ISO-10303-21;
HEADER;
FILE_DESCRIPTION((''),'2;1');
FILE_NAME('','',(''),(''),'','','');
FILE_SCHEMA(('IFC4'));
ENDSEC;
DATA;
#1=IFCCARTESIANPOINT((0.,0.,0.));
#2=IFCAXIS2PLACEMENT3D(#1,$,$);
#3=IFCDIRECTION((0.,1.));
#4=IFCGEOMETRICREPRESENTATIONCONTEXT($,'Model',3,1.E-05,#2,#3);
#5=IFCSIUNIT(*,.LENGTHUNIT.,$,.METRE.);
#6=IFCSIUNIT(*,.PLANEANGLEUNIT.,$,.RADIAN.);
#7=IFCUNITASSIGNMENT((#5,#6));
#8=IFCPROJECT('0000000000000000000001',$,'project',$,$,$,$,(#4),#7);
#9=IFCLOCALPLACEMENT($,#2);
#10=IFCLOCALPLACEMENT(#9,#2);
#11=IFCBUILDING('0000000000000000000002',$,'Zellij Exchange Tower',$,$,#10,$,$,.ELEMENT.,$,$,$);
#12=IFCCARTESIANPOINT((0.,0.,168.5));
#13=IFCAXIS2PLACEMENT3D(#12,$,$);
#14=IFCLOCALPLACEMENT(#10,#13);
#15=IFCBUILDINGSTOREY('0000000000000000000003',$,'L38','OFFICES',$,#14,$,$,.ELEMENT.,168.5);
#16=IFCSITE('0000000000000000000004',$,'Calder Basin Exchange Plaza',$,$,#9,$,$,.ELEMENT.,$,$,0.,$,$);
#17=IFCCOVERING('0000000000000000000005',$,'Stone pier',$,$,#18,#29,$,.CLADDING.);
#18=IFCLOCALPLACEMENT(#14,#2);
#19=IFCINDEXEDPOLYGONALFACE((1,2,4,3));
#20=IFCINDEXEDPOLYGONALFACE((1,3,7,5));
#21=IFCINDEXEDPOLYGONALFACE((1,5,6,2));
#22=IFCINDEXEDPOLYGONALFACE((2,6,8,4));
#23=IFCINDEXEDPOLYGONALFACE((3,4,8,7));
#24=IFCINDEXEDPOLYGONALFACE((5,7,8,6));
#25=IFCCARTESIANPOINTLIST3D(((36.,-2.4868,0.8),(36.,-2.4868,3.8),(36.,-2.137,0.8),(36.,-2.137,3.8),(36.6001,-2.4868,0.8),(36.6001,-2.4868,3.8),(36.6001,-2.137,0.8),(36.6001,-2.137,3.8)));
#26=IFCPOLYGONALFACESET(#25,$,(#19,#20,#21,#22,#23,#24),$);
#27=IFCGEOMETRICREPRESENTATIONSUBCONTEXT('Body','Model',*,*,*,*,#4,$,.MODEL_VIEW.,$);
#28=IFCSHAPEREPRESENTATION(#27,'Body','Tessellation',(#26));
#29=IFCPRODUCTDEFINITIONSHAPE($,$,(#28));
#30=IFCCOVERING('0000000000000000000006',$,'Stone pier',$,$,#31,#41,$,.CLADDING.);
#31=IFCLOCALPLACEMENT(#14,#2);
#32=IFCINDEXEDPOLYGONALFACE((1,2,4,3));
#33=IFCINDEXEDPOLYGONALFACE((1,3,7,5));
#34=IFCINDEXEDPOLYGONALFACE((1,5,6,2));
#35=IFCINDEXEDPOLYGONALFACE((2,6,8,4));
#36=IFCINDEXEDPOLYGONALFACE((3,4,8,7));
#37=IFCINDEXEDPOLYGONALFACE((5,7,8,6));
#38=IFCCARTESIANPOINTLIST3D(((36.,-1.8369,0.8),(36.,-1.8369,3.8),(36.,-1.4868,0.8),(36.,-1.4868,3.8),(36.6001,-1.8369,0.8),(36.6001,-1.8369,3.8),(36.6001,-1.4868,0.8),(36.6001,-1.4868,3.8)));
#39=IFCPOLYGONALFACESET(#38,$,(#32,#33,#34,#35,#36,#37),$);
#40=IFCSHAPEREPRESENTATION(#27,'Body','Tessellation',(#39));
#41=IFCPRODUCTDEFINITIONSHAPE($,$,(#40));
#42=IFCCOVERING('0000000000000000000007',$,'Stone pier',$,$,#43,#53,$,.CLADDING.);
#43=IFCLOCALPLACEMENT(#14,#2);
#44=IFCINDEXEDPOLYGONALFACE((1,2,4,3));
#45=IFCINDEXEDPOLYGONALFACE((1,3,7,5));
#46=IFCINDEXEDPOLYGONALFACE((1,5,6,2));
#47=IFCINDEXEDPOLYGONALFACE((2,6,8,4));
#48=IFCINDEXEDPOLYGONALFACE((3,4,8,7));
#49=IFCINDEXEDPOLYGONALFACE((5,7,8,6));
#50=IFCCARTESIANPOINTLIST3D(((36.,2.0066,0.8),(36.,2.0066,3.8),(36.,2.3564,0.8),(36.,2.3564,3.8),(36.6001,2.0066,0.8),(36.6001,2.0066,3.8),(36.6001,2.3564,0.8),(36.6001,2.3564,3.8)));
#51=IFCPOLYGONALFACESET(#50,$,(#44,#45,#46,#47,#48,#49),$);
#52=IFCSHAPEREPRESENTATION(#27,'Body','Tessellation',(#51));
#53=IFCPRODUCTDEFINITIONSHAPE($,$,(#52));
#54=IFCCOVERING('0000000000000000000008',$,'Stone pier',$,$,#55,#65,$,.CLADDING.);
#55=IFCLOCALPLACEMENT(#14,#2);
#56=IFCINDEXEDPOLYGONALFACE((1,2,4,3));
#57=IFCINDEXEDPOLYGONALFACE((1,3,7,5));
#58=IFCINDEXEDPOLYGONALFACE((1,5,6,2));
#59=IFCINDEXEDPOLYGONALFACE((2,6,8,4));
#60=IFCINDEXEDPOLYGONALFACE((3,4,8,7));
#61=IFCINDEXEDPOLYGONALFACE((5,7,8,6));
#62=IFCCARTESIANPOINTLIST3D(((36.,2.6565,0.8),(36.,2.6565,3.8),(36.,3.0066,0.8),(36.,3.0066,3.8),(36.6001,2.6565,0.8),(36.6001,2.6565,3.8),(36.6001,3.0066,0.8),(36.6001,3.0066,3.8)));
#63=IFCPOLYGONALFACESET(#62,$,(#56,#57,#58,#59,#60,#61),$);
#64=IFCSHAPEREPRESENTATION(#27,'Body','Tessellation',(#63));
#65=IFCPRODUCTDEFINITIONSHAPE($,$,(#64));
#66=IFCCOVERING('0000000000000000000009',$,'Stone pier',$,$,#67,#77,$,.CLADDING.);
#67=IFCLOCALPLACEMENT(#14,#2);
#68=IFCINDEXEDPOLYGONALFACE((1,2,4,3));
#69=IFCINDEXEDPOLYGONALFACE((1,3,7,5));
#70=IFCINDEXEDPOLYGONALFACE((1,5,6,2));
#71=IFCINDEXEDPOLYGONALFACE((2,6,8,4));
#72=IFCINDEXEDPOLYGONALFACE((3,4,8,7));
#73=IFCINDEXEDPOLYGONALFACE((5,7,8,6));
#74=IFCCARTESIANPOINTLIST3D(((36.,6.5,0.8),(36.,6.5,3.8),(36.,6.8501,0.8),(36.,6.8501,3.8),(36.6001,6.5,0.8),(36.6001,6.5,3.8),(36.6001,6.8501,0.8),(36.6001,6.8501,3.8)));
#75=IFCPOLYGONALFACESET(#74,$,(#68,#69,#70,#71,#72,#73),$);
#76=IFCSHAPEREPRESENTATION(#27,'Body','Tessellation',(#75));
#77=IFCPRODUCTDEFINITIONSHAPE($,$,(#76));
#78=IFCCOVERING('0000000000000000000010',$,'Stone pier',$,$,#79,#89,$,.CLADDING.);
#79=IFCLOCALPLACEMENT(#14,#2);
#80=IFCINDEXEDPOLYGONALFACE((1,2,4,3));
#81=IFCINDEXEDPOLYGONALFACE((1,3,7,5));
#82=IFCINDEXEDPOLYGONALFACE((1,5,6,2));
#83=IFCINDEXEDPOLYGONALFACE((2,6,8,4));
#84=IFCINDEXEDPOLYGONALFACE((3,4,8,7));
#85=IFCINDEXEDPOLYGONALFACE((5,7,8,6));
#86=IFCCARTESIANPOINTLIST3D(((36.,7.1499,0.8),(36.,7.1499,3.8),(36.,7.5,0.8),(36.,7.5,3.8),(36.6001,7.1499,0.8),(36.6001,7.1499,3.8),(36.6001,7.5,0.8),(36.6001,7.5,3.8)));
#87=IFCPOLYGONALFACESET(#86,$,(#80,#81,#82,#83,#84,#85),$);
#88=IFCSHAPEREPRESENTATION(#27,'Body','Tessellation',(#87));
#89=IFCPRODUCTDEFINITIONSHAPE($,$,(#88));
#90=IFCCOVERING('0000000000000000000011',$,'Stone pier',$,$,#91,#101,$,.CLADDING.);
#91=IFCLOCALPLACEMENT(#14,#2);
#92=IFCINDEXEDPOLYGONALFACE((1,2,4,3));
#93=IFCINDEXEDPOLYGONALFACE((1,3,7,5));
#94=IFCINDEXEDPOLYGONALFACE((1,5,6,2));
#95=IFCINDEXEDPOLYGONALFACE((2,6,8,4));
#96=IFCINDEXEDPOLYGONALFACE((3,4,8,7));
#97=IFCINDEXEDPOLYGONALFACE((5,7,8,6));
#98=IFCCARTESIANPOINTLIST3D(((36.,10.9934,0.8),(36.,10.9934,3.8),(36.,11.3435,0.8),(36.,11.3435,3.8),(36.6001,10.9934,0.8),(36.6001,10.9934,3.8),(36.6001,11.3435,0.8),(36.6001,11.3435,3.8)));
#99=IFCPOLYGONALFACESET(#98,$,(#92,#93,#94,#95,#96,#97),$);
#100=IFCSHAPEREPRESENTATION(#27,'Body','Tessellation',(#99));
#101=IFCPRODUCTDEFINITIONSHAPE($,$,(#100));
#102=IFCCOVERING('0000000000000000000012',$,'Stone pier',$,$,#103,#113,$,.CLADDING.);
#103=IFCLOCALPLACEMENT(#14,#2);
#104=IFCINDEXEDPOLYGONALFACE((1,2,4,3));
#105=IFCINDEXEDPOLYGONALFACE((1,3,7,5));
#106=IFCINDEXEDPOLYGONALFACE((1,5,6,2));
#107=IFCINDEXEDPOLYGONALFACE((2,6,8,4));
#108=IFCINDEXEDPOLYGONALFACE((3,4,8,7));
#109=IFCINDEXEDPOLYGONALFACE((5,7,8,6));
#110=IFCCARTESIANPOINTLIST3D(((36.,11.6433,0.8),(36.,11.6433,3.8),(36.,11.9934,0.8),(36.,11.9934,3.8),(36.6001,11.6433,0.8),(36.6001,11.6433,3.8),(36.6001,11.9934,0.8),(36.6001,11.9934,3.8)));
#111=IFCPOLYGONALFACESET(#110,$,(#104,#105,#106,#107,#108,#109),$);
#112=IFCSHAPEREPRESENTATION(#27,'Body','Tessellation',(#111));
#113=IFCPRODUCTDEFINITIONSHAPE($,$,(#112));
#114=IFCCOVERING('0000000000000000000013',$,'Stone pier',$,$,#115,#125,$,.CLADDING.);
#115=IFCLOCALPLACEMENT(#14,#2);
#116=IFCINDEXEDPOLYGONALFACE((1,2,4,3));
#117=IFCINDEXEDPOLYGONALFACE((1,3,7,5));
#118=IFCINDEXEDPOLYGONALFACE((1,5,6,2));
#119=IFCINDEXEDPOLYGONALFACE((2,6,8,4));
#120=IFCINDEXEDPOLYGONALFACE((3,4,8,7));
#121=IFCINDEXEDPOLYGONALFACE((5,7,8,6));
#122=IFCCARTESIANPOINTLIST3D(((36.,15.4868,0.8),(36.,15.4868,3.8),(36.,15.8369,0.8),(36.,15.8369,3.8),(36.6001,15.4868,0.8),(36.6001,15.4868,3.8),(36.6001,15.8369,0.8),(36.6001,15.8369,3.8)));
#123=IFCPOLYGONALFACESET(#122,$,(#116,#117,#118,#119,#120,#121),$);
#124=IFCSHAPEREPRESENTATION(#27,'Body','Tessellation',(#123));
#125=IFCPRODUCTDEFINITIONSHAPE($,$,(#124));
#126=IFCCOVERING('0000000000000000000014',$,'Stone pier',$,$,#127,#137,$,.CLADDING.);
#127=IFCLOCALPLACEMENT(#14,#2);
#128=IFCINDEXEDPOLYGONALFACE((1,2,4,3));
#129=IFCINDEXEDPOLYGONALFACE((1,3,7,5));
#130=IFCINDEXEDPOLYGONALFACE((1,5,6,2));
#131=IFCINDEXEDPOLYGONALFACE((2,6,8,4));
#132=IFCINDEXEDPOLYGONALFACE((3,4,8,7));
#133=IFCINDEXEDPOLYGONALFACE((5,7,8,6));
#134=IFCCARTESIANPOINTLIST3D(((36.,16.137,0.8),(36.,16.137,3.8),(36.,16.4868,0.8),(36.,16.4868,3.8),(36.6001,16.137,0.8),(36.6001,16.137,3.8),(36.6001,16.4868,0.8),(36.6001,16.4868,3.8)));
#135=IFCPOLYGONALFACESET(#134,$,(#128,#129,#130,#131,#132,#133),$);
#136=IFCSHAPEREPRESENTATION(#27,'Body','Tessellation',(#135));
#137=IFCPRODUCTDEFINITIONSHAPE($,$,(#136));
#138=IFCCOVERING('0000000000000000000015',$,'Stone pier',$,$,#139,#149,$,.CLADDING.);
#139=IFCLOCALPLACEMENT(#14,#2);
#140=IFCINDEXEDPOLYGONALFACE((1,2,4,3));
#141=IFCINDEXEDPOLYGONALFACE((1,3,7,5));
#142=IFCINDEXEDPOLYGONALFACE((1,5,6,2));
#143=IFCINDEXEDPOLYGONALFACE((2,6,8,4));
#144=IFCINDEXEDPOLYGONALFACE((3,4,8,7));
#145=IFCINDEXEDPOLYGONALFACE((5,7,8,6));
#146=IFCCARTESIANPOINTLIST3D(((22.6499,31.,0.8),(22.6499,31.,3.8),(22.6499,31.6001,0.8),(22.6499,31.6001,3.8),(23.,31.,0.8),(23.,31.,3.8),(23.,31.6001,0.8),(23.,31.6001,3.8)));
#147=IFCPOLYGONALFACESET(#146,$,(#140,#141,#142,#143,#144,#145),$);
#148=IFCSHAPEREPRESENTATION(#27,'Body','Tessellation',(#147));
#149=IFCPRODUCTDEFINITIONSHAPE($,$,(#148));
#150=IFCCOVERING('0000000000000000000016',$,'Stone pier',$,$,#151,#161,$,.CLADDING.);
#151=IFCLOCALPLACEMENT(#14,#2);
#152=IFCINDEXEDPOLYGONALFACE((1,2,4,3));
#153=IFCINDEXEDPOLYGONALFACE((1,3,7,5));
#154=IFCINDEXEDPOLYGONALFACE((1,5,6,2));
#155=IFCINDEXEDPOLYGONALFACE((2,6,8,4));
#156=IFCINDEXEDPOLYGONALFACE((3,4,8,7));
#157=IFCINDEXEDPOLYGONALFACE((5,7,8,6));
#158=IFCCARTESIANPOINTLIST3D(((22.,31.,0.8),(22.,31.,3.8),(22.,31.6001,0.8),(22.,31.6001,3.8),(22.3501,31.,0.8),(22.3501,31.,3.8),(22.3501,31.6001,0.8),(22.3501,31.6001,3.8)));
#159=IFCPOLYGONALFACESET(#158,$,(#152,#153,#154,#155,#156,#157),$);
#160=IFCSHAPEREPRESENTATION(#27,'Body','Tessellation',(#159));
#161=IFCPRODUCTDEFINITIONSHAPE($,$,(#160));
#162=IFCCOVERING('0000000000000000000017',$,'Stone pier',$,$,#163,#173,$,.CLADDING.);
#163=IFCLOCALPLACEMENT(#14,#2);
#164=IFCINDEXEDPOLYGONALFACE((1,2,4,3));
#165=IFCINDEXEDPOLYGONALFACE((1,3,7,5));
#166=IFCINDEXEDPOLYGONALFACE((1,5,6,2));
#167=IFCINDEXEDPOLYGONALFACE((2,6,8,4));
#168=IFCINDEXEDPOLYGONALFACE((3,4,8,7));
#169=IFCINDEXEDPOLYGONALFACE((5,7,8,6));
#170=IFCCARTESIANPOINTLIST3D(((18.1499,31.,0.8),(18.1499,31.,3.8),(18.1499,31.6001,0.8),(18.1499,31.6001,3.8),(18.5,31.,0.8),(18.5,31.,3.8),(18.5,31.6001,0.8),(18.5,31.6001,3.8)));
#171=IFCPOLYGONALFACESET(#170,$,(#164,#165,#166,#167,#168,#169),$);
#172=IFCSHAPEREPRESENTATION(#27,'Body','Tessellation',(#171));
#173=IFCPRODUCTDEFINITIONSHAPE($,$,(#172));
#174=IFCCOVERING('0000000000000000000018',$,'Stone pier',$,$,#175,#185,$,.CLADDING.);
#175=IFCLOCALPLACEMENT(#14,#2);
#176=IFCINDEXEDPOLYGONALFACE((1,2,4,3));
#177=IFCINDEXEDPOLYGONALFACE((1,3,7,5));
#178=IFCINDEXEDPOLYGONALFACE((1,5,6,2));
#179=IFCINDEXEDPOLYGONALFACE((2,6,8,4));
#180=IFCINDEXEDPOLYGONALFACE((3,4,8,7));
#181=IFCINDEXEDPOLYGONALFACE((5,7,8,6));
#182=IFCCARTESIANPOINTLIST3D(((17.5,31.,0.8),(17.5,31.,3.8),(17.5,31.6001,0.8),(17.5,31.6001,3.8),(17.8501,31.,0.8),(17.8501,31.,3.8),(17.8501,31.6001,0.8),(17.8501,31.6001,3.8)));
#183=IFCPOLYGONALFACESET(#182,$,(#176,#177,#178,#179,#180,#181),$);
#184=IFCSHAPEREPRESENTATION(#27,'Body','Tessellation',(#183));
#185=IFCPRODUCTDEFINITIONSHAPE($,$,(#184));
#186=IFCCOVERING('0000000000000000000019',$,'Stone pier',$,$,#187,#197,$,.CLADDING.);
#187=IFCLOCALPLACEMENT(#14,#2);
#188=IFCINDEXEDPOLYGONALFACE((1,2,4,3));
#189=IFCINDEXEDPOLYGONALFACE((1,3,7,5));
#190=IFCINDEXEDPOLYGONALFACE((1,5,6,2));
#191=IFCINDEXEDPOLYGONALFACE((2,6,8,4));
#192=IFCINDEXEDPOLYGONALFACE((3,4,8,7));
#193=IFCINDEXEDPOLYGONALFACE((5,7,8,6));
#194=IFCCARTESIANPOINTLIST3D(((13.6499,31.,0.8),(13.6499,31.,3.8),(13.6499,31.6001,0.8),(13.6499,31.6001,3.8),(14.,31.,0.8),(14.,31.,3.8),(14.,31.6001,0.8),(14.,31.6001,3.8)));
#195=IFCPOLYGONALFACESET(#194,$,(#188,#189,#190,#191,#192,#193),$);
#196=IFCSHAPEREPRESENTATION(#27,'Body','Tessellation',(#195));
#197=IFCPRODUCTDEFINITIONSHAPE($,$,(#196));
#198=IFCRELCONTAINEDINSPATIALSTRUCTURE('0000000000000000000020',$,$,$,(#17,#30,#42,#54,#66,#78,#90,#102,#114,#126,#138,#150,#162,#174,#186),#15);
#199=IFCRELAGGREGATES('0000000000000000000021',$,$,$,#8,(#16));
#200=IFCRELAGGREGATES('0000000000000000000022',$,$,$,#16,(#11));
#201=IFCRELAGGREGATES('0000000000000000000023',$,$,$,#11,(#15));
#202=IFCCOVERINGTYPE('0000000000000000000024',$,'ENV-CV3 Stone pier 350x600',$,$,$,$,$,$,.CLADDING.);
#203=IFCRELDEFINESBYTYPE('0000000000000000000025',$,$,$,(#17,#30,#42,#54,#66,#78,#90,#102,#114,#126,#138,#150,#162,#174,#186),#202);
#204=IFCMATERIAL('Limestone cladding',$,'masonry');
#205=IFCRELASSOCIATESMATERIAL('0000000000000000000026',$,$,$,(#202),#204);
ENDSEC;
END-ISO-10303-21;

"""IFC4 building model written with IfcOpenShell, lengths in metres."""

from ifc_helpers import new_model, si_unit, direction, frame, origin, place, context, subcontext, project, spatial, polyline, outline, extrude, material, type_object, element, save


model = new_model("IFC4")

# Units and contexts
model_context = context("Model", 3, precision=1e-05, world=origin(), true_north=direction((0.0, 1.0)))
body_context = subcontext(model_context, "Body", "Model", "MODEL_VIEW")
ifc_project = project(units=[si_unit("LENGTHUNIT", "METRE"), si_unit("PLANEANGLEUNIT", "RADIAN")], contexts=[model_context])

# Site, building, storey
site_placement = place(None, origin())
site = spatial("IfcSite", under=ifc_project, at=site_placement, Name="Calder Basin Exchange Plaza", CompositionType="ELEMENT", RefElevation=0.0)
building_placement = place(site_placement, origin())
building = spatial("IfcBuilding", under=site, at=building_placement, Name="Zellij Exchange Tower", CompositionType="ELEMENT")
storey_placement = place(building_placement, frame((0.0, 0.0, 168.5)))
storey = spatial("IfcBuildingStorey", under=building, at=storey_placement, Name="L38", Description="OFFICES", CompositionType="ELEMENT", Elevation=168.5)

# Coverings
ifc_material = material(Name="Limestone cladding", Category="masonry")
covering_type = type_object("IfcCoveringType", Name="ENV-CV3 Stone pier 350x600", PredefinedType="CLADDING", material=ifc_material)
covering_1_placement = place(storey_placement, frame((0.0, 0.0, 0.8)))
element("IfcCovering", 1, at=covering_1_placement, inside=storey, type_object=covering_type, Name="Stone pier", PredefinedType="CLADDING", context=body_context, shape_type="SweptSolid", body=[
    extrude(outline(polyline([(36.0, -2.4868), (36.0, -2.137), (36.6001, -2.137), (36.6001, -2.4868), (36.0, -2.4868)])), origin(), (0.0, 0.0, 1.0), 3.0),
])
covering_2_placement = place(storey_placement, frame((0.0, 0.0, 0.8)))
element("IfcCovering", 2, at=covering_2_placement, inside=storey, type_object=covering_type, Name="Stone pier", PredefinedType="CLADDING", context=body_context, shape_type="SweptSolid", body=[
    extrude(outline(polyline([(36.0, -1.8369), (36.0, -1.4868), (36.6001, -1.4868), (36.6001, -1.8369), (36.0, -1.8369)])), origin(), (0.0, 0.0, 1.0), 3.0),
])
covering_3_placement = place(storey_placement, frame((0.0, 0.0, 0.8)))
element("IfcCovering", 3, at=covering_3_placement, inside=storey, type_object=covering_type, Name="Stone pier", PredefinedType="CLADDING", context=body_context, shape_type="SweptSolid", body=[
    extrude(outline(polyline([(36.0, 2.0066), (36.0, 2.3564), (36.6001, 2.3564), (36.6001, 2.0066), (36.0, 2.0066)])), origin(), (0.0, 0.0, 1.0), 3.0),
])
covering_4_placement = place(storey_placement, frame((0.0, 0.0, 0.8)))
element("IfcCovering", 4, at=covering_4_placement, inside=storey, type_object=covering_type, Name="Stone pier", PredefinedType="CLADDING", context=body_context, shape_type="SweptSolid", body=[
    extrude(outline(polyline([(36.0, 2.6565), (36.0, 3.0066), (36.6001, 3.0066), (36.6001, 2.6565), (36.0, 2.6565)])), origin(), (0.0, 0.0, 1.0), 3.0),
])
covering_5_placement = place(storey_placement, frame((0.0, 0.0, 0.8)))
element("IfcCovering", 5, at=covering_5_placement, inside=storey, type_object=covering_type, Name="Stone pier", PredefinedType="CLADDING", context=body_context, shape_type="SweptSolid", body=[
    extrude(outline(polyline([(36.0, 6.5), (36.0, 6.8501), (36.6001, 6.8501), (36.6001, 6.5), (36.0, 6.5)])), origin(), (0.0, 0.0, 1.0), 3.0),
])
covering_6_placement = place(storey_placement, frame((0.0, 0.0, 0.8)))
element("IfcCovering", 6, at=covering_6_placement, inside=storey, type_object=covering_type, Name="Stone pier", PredefinedType="CLADDING", context=body_context, shape_type="SweptSolid", body=[
    extrude(outline(polyline([(36.0, 7.1499), (36.0, 7.5), (36.6001, 7.5), (36.6001, 7.1499), (36.0, 7.1499)])), origin(), (0.0, 0.0, 1.0), 3.0),
])
covering_7_placement = place(storey_placement, frame((0.0, 0.0, 0.8)))
element("IfcCovering", 7, at=covering_7_placement, inside=storey, type_object=covering_type, Name="Stone pier", PredefinedType="CLADDING", context=body_context, shape_type="SweptSolid", body=[
    extrude(outline(polyline([(36.0, 10.9934), (36.0, 11.3435), (36.6001, 11.3435), (36.6001, 10.9934), (36.0, 10.9934)])), origin(), (0.0, 0.0, 1.0), 3.0),
])
covering_8_placement = place(storey_placement, frame((0.0, 0.0, 0.8)))
element("IfcCovering", 8, at=covering_8_placement, inside=storey, type_object=covering_type, Name="Stone pier", PredefinedType="CLADDING", context=body_context, shape_type="SweptSolid", body=[
    extrude(outline(polyline([(36.0, 11.6433), (36.0, 11.9934), (36.6001, 11.9934), (36.6001, 11.6433), (36.0, 11.6433)])), origin(), (0.0, 0.0, 1.0), 3.0),
])
covering_9_placement = place(storey_placement, frame((0.0, 0.0, 0.8)))
element("IfcCovering", 9, at=covering_9_placement, inside=storey, type_object=covering_type, Name="Stone pier", PredefinedType="CLADDING", context=body_context, shape_type="SweptSolid", body=[
    extrude(outline(polyline([(36.0, 15.4868), (36.0, 15.8369), (36.6001, 15.8369), (36.6001, 15.4868), (36.0, 15.4868)])), origin(), (0.0, 0.0, 1.0), 3.0),
])
covering_10_placement = place(storey_placement, frame((0.0, 0.0, 0.8)))
element("IfcCovering", 10, at=covering_10_placement, inside=storey, type_object=covering_type, Name="Stone pier", PredefinedType="CLADDING", context=body_context, shape_type="SweptSolid", body=[
    extrude(outline(polyline([(36.0, 16.137), (36.0, 16.4868), (36.6001, 16.4868), (36.6001, 16.137), (36.0, 16.137)])), origin(), (0.0, 0.0, 1.0), 3.0),
])
covering_11_placement = place(storey_placement, frame((0.0, 0.0, 0.8)))
element("IfcCovering", 11, at=covering_11_placement, inside=storey, type_object=covering_type, Name="Stone pier", PredefinedType="CLADDING", context=body_context, shape_type="SweptSolid", body=[
    extrude(outline(polyline([(23.0, 31.0), (22.6499, 31.0), (22.6499, 31.6001), (23.0, 31.6001), (23.0, 31.0)])), origin(), (0.0, 0.0, 1.0), 3.0),
])
covering_12_placement = place(storey_placement, frame((0.0, 0.0, 0.8)))
element("IfcCovering", 12, at=covering_12_placement, inside=storey, type_object=covering_type, Name="Stone pier", PredefinedType="CLADDING", context=body_context, shape_type="SweptSolid", body=[
    extrude(outline(polyline([(22.3501, 31.0), (22.0, 31.0), (22.0, 31.6001), (22.3501, 31.6001), (22.3501, 31.0)])), origin(), (0.0, 0.0, 1.0), 3.0),
])
covering_13_placement = place(storey_placement, frame((0.0, 0.0, 0.8)))
element("IfcCovering", 13, at=covering_13_placement, inside=storey, type_object=covering_type, Name="Stone pier", PredefinedType="CLADDING", context=body_context, shape_type="SweptSolid", body=[
    extrude(outline(polyline([(18.5, 31.0), (18.1499, 31.0), (18.1499, 31.6001), (18.5, 31.6001), (18.5, 31.0)])), origin(), (0.0, 0.0, 1.0), 3.0),
])
covering_14_placement = place(storey_placement, frame((0.0, 0.0, 0.8)))
element("IfcCovering", 14, at=covering_14_placement, inside=storey, type_object=covering_type, Name="Stone pier", PredefinedType="CLADDING", context=body_context, shape_type="SweptSolid", body=[
    extrude(outline(polyline([(17.8501, 31.0), (17.5, 31.0), (17.5, 31.6001), (17.8501, 31.6001), (17.8501, 31.0)])), origin(), (0.0, 0.0, 1.0), 3.0),
])
covering_15_placement = place(storey_placement, frame((0.0, 0.0, 0.8)))
element("IfcCovering", 15, at=covering_15_placement, inside=storey, type_object=covering_type, Name="Stone pier", PredefinedType="CLADDING", context=body_context, shape_type="SweptSolid", body=[
    extrude(outline(polyline([(14.0, 31.0), (13.6499, 31.0), (13.6499, 31.6001), (14.0, 31.6001), (14.0, 31.0)])), origin(), (0.0, 0.0, 1.0), 3.0),
])

save(model, "model.ifc")
